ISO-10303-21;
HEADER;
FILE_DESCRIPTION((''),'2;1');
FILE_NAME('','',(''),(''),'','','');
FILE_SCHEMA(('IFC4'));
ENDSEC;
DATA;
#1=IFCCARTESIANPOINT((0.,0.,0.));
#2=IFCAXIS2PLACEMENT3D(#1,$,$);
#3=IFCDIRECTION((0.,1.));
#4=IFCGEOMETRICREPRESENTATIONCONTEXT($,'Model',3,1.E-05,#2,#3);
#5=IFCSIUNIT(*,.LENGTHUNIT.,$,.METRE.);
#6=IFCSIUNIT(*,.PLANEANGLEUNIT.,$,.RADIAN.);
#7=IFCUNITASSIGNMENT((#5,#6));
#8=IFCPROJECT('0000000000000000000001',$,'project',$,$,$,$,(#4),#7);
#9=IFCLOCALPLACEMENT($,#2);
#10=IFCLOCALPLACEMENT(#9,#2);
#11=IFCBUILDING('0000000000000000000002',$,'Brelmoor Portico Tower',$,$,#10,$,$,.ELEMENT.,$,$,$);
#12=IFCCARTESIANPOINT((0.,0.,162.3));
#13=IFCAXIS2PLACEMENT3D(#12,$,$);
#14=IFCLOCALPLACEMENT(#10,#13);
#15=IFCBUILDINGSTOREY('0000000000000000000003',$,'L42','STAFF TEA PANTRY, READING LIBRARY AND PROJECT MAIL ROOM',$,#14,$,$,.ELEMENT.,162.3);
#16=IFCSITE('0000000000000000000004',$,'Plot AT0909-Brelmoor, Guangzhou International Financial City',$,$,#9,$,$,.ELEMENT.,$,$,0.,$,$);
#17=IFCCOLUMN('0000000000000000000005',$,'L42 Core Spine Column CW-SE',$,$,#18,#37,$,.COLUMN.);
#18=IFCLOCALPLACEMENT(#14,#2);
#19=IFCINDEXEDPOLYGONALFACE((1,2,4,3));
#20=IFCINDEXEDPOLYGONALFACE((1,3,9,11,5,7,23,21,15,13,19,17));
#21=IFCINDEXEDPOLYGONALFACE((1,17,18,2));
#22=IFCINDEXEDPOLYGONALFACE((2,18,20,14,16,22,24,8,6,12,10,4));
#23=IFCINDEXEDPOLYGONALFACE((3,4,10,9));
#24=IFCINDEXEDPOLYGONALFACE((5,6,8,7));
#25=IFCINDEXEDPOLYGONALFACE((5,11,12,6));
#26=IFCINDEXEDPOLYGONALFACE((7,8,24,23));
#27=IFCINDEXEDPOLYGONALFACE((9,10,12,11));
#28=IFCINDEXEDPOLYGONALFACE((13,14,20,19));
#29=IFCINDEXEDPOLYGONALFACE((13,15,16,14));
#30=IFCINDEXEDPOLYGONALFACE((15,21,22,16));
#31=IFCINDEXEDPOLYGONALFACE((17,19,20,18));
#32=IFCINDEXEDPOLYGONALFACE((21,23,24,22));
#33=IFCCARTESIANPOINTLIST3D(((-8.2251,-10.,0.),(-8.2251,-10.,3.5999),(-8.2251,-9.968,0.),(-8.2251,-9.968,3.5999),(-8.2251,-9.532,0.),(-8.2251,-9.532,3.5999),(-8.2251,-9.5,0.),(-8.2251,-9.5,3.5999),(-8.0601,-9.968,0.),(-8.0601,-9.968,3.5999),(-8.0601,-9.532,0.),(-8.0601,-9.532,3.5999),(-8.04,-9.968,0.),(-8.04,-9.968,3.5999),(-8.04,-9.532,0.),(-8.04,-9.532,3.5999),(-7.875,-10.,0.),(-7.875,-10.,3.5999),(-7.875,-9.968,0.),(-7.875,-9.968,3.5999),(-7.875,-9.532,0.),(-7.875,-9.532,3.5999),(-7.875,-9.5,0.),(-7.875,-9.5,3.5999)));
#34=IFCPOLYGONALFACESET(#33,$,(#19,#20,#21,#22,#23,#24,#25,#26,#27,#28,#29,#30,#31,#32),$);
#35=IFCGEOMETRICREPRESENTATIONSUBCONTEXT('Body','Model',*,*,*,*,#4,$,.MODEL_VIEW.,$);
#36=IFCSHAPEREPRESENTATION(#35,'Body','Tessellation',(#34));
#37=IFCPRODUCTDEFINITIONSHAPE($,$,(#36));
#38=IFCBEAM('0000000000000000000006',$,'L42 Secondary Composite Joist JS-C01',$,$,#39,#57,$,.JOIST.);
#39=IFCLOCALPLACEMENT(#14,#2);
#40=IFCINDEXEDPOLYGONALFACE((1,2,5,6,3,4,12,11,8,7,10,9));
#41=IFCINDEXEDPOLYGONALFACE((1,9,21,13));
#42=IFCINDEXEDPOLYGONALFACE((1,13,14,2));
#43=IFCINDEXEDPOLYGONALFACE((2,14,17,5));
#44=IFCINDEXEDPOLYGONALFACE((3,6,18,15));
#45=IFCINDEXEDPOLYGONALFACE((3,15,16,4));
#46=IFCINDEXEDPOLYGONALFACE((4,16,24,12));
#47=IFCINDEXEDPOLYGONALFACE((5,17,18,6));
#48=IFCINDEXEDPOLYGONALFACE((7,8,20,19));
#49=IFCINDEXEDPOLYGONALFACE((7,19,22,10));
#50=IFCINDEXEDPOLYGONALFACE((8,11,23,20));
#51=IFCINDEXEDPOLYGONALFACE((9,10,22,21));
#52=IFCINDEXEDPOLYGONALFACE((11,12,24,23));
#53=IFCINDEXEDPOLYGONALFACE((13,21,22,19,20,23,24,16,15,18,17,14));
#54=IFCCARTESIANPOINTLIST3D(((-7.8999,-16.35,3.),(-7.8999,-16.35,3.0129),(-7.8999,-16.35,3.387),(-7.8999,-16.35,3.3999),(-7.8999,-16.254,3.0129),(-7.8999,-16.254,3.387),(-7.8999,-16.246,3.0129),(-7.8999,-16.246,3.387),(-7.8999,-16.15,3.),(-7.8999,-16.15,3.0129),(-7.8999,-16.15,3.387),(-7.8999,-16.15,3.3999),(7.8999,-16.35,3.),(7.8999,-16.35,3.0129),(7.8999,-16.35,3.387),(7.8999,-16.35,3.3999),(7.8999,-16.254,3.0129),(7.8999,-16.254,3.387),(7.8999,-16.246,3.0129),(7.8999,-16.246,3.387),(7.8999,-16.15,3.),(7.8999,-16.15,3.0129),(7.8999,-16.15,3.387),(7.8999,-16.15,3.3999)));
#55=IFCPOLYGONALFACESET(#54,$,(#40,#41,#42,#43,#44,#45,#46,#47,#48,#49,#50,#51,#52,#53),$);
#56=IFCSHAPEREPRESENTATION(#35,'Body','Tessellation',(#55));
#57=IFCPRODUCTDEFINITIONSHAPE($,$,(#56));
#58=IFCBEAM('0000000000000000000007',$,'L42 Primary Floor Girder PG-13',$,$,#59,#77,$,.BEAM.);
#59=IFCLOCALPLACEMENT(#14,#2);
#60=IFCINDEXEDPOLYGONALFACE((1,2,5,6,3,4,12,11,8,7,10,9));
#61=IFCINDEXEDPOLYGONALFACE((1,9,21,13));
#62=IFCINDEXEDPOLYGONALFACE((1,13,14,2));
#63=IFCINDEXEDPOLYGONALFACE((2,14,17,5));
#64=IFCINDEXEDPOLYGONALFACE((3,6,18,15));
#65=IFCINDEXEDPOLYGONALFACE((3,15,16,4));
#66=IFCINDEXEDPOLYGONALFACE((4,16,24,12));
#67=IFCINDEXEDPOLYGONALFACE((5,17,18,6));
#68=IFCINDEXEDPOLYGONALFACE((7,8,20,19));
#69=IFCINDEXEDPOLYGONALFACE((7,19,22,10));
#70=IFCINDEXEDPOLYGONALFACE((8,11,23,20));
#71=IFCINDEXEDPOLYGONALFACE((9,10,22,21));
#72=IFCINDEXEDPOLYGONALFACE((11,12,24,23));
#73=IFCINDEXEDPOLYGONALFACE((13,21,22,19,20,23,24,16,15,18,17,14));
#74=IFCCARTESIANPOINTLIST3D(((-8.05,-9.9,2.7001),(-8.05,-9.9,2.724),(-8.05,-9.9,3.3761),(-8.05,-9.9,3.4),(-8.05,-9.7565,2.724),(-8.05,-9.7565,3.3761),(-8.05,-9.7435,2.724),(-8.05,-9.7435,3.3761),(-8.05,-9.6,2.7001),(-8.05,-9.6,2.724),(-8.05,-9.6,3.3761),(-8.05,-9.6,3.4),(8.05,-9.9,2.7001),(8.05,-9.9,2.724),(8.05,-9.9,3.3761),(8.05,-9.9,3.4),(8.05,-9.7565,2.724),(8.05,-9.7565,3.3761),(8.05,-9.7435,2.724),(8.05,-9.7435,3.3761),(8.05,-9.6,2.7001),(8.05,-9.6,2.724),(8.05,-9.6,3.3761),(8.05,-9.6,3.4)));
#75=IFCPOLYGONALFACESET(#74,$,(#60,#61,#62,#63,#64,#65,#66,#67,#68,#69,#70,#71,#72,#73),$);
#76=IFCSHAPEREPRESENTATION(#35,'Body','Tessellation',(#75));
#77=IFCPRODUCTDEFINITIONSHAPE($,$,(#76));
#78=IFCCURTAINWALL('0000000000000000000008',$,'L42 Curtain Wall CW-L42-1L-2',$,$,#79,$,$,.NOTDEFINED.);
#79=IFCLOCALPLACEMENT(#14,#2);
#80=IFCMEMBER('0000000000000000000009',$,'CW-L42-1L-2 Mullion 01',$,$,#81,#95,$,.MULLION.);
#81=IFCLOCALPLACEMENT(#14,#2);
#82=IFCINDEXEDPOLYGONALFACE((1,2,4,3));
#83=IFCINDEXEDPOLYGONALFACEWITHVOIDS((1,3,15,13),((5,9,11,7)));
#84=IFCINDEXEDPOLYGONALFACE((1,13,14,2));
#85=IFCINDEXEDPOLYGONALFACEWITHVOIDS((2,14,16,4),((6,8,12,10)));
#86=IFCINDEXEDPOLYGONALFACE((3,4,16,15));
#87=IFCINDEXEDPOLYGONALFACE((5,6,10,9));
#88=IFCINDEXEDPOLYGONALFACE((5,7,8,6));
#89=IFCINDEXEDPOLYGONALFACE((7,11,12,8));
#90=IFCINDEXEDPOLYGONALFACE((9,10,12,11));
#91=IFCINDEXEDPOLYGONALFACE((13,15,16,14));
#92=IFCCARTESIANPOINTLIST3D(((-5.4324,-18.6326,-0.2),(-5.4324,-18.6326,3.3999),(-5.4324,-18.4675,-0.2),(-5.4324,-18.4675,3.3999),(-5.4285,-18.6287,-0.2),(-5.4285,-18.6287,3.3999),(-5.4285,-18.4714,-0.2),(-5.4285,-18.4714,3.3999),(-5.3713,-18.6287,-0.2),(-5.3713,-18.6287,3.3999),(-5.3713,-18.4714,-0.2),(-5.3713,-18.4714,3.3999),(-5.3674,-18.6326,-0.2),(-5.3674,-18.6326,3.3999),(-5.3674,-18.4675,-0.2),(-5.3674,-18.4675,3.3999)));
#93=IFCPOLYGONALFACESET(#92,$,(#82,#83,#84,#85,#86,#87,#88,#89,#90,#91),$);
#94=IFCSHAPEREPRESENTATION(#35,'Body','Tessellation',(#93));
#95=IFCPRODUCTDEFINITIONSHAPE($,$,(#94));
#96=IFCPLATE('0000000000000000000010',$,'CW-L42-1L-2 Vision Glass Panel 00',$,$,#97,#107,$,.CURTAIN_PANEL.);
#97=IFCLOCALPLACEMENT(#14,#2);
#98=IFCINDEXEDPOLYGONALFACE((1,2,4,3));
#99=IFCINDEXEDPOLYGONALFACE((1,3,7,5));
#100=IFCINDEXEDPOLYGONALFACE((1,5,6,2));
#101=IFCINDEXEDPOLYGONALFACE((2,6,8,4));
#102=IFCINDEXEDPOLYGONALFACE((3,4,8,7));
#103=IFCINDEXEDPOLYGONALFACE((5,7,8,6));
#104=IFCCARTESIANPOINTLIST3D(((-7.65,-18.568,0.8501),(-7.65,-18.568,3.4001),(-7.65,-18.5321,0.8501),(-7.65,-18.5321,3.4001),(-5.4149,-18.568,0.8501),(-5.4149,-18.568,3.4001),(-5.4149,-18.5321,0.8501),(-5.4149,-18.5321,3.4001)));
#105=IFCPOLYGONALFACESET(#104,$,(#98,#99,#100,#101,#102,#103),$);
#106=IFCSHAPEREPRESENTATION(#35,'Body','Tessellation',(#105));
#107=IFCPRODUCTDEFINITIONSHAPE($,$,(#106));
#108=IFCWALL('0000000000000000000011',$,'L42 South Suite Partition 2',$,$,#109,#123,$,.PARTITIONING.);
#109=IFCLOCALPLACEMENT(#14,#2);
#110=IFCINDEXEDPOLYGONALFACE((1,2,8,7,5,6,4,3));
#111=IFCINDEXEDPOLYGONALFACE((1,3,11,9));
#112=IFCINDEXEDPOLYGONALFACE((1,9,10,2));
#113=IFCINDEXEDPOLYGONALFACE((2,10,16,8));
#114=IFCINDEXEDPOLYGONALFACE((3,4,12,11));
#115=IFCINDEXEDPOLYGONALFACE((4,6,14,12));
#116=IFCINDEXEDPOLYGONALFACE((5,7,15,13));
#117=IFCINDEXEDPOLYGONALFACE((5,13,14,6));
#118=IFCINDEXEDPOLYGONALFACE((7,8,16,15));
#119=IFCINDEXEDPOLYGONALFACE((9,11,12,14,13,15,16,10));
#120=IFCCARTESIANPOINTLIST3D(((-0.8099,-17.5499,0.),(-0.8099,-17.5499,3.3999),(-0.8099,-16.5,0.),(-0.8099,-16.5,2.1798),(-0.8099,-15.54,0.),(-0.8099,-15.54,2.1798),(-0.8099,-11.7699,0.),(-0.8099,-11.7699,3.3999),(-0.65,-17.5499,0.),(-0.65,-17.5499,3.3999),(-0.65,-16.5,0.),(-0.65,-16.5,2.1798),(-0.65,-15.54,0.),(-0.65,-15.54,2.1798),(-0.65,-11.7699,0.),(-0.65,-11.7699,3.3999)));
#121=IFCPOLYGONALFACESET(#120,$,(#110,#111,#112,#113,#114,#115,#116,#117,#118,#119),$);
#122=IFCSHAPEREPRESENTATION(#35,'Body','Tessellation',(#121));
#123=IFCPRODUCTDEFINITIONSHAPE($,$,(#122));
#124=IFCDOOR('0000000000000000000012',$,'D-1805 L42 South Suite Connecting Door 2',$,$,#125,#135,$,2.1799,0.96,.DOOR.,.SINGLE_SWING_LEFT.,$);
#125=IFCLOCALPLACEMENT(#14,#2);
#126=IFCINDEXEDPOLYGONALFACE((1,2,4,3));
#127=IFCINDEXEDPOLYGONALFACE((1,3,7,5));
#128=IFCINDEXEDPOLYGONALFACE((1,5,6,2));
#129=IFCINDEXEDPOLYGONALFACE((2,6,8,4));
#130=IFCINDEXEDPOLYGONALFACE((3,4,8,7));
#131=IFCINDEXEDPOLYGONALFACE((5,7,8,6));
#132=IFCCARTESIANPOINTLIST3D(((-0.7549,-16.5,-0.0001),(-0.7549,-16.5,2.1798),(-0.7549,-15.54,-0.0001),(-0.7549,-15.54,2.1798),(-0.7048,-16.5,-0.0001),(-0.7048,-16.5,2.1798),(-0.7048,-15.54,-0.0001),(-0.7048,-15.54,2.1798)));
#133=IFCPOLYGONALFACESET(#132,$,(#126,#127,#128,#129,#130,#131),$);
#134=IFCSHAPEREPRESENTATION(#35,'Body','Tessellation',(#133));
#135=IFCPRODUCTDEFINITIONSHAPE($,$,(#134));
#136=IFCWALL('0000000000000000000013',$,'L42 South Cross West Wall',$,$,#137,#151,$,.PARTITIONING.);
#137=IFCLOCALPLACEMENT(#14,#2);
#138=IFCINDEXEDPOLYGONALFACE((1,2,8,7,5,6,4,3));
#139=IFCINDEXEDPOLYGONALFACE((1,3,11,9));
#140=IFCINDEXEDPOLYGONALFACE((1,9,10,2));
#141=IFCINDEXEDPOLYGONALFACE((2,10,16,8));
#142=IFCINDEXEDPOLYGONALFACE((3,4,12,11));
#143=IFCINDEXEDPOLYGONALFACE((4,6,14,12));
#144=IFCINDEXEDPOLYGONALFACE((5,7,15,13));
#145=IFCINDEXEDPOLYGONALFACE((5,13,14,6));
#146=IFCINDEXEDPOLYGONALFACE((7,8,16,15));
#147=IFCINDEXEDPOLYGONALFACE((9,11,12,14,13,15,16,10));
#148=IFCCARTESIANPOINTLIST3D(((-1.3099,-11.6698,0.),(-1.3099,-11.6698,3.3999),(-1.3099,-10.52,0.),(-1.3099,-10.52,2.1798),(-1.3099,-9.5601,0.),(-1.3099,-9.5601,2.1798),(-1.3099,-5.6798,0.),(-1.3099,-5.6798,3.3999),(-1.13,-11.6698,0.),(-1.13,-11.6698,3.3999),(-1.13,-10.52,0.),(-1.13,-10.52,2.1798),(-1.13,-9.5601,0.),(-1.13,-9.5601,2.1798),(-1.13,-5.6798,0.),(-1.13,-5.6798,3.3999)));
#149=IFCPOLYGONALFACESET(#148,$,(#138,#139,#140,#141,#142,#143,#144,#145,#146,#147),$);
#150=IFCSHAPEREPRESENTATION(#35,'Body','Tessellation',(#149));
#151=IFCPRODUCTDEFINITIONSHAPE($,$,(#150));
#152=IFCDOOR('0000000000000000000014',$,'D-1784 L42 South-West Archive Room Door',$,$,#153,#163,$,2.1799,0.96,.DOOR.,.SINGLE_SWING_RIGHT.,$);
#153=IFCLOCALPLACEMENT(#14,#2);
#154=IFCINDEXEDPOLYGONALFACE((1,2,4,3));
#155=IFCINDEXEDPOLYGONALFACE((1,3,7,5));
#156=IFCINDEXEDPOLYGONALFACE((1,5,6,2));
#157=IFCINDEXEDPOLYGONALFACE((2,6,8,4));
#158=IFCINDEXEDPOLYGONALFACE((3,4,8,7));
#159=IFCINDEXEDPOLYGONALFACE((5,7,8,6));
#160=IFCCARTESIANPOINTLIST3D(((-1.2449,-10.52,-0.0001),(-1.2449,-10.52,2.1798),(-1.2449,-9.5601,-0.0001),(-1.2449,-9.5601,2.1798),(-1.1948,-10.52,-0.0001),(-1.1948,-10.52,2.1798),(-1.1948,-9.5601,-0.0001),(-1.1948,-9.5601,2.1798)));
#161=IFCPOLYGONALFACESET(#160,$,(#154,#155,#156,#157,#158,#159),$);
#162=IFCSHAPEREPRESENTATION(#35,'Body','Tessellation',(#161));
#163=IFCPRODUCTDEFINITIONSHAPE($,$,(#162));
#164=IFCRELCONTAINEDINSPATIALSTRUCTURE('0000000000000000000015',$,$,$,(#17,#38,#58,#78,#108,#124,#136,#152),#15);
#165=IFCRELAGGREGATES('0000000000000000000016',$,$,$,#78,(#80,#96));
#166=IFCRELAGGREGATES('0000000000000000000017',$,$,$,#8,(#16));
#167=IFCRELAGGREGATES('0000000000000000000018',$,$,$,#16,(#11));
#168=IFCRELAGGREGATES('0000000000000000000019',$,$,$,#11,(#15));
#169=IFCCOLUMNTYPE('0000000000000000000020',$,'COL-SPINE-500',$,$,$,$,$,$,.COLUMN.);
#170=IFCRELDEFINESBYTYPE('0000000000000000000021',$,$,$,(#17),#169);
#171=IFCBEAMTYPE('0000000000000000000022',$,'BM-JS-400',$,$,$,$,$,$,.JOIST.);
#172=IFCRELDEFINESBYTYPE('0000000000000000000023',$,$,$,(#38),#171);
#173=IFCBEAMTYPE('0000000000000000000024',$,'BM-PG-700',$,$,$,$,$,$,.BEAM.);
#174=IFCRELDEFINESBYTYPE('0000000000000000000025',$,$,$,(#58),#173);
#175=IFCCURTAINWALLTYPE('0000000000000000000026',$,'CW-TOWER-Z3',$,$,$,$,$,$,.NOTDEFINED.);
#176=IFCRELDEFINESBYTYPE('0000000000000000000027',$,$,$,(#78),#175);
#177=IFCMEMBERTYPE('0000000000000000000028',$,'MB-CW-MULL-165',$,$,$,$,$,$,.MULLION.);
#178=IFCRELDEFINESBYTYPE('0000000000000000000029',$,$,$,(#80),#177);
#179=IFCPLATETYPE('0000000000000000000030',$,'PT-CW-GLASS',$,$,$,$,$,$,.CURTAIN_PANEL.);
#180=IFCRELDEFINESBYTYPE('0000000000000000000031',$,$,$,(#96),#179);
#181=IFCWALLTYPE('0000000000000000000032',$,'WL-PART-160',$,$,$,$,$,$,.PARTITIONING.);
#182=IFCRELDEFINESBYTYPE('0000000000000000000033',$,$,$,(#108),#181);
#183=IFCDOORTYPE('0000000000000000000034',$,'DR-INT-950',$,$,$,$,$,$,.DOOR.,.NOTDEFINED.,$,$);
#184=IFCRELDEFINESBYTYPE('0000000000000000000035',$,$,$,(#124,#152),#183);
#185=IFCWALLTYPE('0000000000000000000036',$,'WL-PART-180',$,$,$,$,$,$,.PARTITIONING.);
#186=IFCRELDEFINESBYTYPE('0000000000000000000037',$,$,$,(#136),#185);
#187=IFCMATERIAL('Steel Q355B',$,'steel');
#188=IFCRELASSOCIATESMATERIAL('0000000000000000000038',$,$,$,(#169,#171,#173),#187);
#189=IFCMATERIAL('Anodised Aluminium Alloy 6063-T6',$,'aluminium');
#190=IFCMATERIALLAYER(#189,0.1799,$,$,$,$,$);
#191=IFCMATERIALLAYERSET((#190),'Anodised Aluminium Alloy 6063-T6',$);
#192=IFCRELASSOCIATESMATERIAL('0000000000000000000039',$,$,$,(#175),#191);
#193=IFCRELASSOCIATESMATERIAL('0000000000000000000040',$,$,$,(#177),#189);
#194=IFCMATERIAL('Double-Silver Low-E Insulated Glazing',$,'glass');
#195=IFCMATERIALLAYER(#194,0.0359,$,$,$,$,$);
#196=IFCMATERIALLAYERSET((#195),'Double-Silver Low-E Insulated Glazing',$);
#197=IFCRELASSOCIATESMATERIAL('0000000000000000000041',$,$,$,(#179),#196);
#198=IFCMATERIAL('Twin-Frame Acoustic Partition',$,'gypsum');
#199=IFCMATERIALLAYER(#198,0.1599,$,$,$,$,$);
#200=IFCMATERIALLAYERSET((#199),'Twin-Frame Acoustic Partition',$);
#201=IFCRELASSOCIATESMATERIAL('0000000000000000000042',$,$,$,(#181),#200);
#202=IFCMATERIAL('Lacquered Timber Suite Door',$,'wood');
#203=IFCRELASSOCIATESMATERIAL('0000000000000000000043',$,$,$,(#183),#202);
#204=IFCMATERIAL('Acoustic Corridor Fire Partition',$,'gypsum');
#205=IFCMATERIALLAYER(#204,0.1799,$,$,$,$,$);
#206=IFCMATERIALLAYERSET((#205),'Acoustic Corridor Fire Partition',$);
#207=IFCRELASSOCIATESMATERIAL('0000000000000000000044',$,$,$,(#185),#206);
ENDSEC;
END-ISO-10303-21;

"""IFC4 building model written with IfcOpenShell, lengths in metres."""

from ifc_helpers import new_model, si_unit, direction, frame, frame_2d, origin, origin_2d, place, context, subcontext, project, spatial, rectangle, hollow_rectangle, i_section, extrude, material, layer, layer_set, material_profile, profile_set, type_object, element, fill, aggregate, save


model = new_model("IFC4")

# Units and contexts
model_context = context("Model", 3, precision=1e-05, world=origin(), true_north=direction((0.0, 1.0)))
body_context = subcontext(model_context, "Body", "Model", "MODEL_VIEW")
ifc_project = project(units=[si_unit("LENGTHUNIT", "METRE"), si_unit("PLANEANGLEUNIT", "RADIAN")], contexts=[model_context])

# Site, building, storey
site_placement = place(None, origin())
site = spatial("IfcSite", under=ifc_project, at=site_placement, Name="Plot AT0909-Brelmoor, Guangzhou International Financial City", CompositionType="ELEMENT", RefElevation=0.0)
building_placement = place(site_placement, origin())
building = spatial("IfcBuilding", under=site, at=building_placement, Name="Brelmoor Portico Tower", CompositionType="ELEMENT")
storey_placement = place(building_placement, frame((0.0, 0.0, 162.3)))
storey = spatial("IfcBuildingStorey", under=building, at=storey_placement, Name="L42", Description="STAFF TEA PANTRY, READING LIBRARY AND PROJECT MAIL ROOM", CompositionType="ELEMENT", Elevation=162.3)

# Column
ifc_material_1 = material(Name="Steel Q355B", Category="steel")
ifc_material_profile_1 = material_profile(ifc_material_1, i_section(OverallWidth=0.3501, OverallDepth=0.5, WebThickness=0.02, FlangeThickness=0.032, at=origin_2d()), Name="HW 500x350x20x32")
ifc_profile_set_1 = profile_set([ifc_material_profile_1], Name="Steel Q355B")
column_type = type_object("IfcColumnType", Name="COL-SPINE-500", PredefinedType="COLUMN", material=ifc_profile_set_1)
column_placement = place(storey_placement, frame((-8.05, -9.75, 0.0), z_axis=(0.0, 0.0, 1.0), x_axis=(1.0, 0.0, 0.0)))
element("IfcColumn", 1, at=column_placement, inside=storey, type_object=column_type, Name="L42 Core Spine Column CW-SE", PredefinedType="COLUMN", context=body_context, shape_type="SweptSolid", body=[
    extrude(i_section(OverallWidth=0.3501, OverallDepth=0.5, WebThickness=0.02, FlangeThickness=0.032, at=origin_2d()), origin(), (0.0, 0.0, 1.0), 3.5999),
])

# Beams
ifc_material_profile_2 = material_profile(ifc_material_1, i_section(OverallWidth=0.2, OverallDepth=0.3999, WebThickness=0.0081, FlangeThickness=0.0129, at=origin_2d()), Name="HN 400x200x8x13")
ifc_profile_set_2 = profile_set([ifc_material_profile_2], Name="Steel Q355B")
beam_type_1 = type_object("IfcBeamType", Name="BM-JS-400", PredefinedType="JOIST", material=ifc_profile_set_2)
beam_1_placement = place(storey_placement, frame((-7.8999, -16.25, 3.2), z_axis=(1.0, 0.0, 0.0), x_axis=(0.0, 1.0, 0.0)))
element("IfcBeam", 2, at=beam_1_placement, inside=storey, type_object=beam_type_1, Name="L42 Secondary Composite Joist JS-C01", PredefinedType="JOIST", context=body_context, shape_type="SweptSolid", body=[
    extrude(i_section(OverallWidth=0.2, OverallDepth=0.3999, WebThickness=0.0081, FlangeThickness=0.0129, at=origin_2d()), origin(), (0.0, 0.0, 1.0), 15.7998),
])
ifc_material_profile_3 = material_profile(ifc_material_1, i_section(OverallWidth=0.3, OverallDepth=0.7, WebThickness=0.0129, FlangeThickness=0.0239, at=origin_2d()), Name="HN 700x300x13x24")
ifc_profile_set_3 = profile_set([ifc_material_profile_3], Name="Steel Q355B")
beam_type_2 = type_object("IfcBeamType", Name="BM-PG-700", PredefinedType="BEAM", material=ifc_profile_set_3)
beam_2_placement = place(storey_placement, frame((-8.05, -9.75, 3.05), z_axis=(1.0, 0.0, 0.0), x_axis=(0.0, 1.0, 0.0)))
element("IfcBeam", 3, at=beam_2_placement, inside=storey, type_object=beam_type_2, Name="L42 Primary Floor Girder PG-13", PredefinedType="BEAM", context=body_context, shape_type="SweptSolid", body=[
    extrude(i_section(OverallWidth=0.3, OverallDepth=0.7, WebThickness=0.0129, FlangeThickness=0.0239, at=origin_2d()), origin(), (0.0, 0.0, 1.0), 16.1001),
])

# Curtain wall, member, plate
ifc_material_2 = material(Name="Anodised Aluminium Alloy 6063-T6", Category="aluminium")
ifc_layer_1 = layer(ifc_material_2, 0.1799)
ifc_layer_set_1 = layer_set([ifc_layer_1], Name="Anodised Aluminium Alloy 6063-T6")
curtain_wall_type = type_object("IfcCurtainWallType", Name="CW-TOWER-Z3", PredefinedType="NOTDEFINED", material=ifc_layer_set_1)
curtain_wall_placement = place(storey_placement, origin())
curtain_wall = element("IfcCurtainWall", 4, at=curtain_wall_placement, inside=storey, type_object=curtain_wall_type, Name="L42 Curtain Wall CW-L42-1L-2", PredefinedType="NOTDEFINED")
ifc_material_profile_4 = material_profile(ifc_material_2, hollow_rectangle(XDim=0.0649, YDim=0.165, WallThickness=0.0039, at=origin_2d()), Name="ALU MULLION 65x165")
ifc_profile_set_4 = profile_set([ifc_material_profile_4], Name="Anodised Aluminium Alloy 6063-T6")
member_type = type_object("IfcMemberType", Name="MB-CW-MULL-165", PredefinedType="MULLION", material=ifc_profile_set_4)
member_placement = place(storey_placement, frame((-5.3999, -18.55, -0.2), z_axis=(0.0, 0.0, 1.0), x_axis=(1.0, 0.0, 0.0)))
member = element("IfcMember", 5, at=member_placement, type_object=member_type, Name="CW-L42-1L-2 Mullion 01", PredefinedType="MULLION", context=body_context, shape_type="SweptSolid", body=[
    extrude(hollow_rectangle(XDim=0.0649, YDim=0.165, WallThickness=0.0039, at=origin_2d()), origin(), (0.0, 0.0, 1.0), 3.5999),
])
ifc_material_3 = material(Name="Double-Silver Low-E Insulated Glazing", Category="glass")
ifc_layer_2 = layer(ifc_material_3, 0.0359)
ifc_layer_set_2 = layer_set([ifc_layer_2], Name="Double-Silver Low-E Insulated Glazing")
plate_type = type_object("IfcPlateType", Name="PT-CW-GLASS", PredefinedType="CURTAIN_PANEL", material=ifc_layer_set_2)
plate_placement = place(storey_placement, frame((-6.5325, -18.55, 0.8501), z_axis=(0.0, 0.0, 1.0), x_axis=(1.0, 0.0, 0.0)))
plate = element("IfcPlate", 6, at=plate_placement, type_object=plate_type, Name="CW-L42-1L-2 Vision Glass Panel 00", PredefinedType="CURTAIN_PANEL", context=body_context, shape_type="SweptSolid", body=[
    extrude(rectangle(XDim=2.2351, YDim=0.0359, at=origin_2d()), origin(), (0.0, 0.0, 1.0), 2.55),
])
aggregate(curtain_wall, [member, plate])

# Walls, openings, doors
ifc_material_4 = material(Name="Twin-Frame Acoustic Partition", Category="gypsum")
ifc_layer_3 = layer(ifc_material_4, 0.1599)
ifc_layer_set_3 = layer_set([ifc_layer_3], Name="Twin-Frame Acoustic Partition")
wall_type_1 = type_object("IfcWallType", Name="WL-PART-160", PredefinedType="PARTITIONING", material=ifc_layer_set_3)
wall_1_placement = place(storey_placement, frame((-0.73, -17.55, 0.0), z_axis=(0.0, 0.0, 1.0), x_axis=(0.0, 1.0, 0.0)))
wall_1 = element("IfcWall", 7, at=wall_1_placement, inside=storey, type_object=wall_type_1, Name="L42 South Suite Partition 2", PredefinedType="PARTITIONING", context=body_context, shape_type="SweptSolid", body=[
    extrude(rectangle(XDim=5.78, YDim=0.1599, at=frame_2d((2.8901, 0.0))), origin(), (0.0, 0.0, 1.0), 3.3999),
])
opening_1_placement = place(wall_1_placement, frame((1.05, 0.0, 0.0)))
opening_1 = element("IfcOpeningElement", 8, at=opening_1_placement, cuts=wall_1, PredefinedType="OPENING", context=body_context, shape_type="SweptSolid", body=[
    extrude(rectangle(XDim=0.96, YDim=2.1799, at=frame_2d((0.48, 1.0898))), frame((0.0, 0.0898, 0.0), z_axis=(0.0, -1.0, 0.0), x_axis=(1.0, 0.0, 0.0)), (0.0, 0.0, 1.0), 0.1799),
])
ifc_material_5 = material(Name="Lacquered Timber Suite Door", Category="wood")
door_type_1 = type_object("IfcDoorType", Name="DR-INT-950", OperationType="NOTDEFINED", PredefinedType="DOOR", material=ifc_material_5)
door_1_placement = place(opening_1_placement, origin())
door_1 = element("IfcDoor", 9, at=door_1_placement, inside=storey, type_object=door_type_1, Name="D-1805 L42 South Suite Connecting Door 2", OperationType="SINGLE_SWING_LEFT", OverallHeight=2.1799, OverallWidth=0.96, PredefinedType="DOOR", context=body_context, shape_type="SweptSolid", body=[
    extrude(rectangle(XDim=0.96, YDim=2.1799, at=frame_2d((0.48, 1.0898))), frame((0.0, 0.0249, 0.0), z_axis=(0.0, -1.0, 0.0), x_axis=(1.0, 0.0, 0.0)), (0.0, 0.0, 1.0), 0.05),
])
fill(opening_1, door_1)
ifc_material_6 = material(Name="Acoustic Corridor Fire Partition", Category="gypsum")
ifc_layer_4 = layer(ifc_material_6, 0.1799)
ifc_layer_set_4 = layer_set([ifc_layer_4], Name="Acoustic Corridor Fire Partition")
wall_type_2 = type_object("IfcWallType", Name="WL-PART-180", PredefinedType="PARTITIONING", material=ifc_layer_set_4)
wall_2_placement = place(storey_placement, frame((-1.22, -11.6699, 0.0), z_axis=(0.0, 0.0, 1.0), x_axis=(0.0, 1.0, 0.0)))
wall_2 = element("IfcWall", 10, at=wall_2_placement, inside=storey, type_object=wall_type_2, Name="L42 South Cross West Wall", PredefinedType="PARTITIONING", context=body_context, shape_type="SweptSolid", body=[
    extrude(rectangle(XDim=5.99, YDim=0.1799, at=frame_2d((2.9951, 0.0))), origin(), (0.0, 0.0, 1.0), 3.3999),
])
opening_2_placement = place(wall_2_placement, frame((1.1499, 0.0, 0.0)))
opening_2 = element("IfcOpeningElement", 11, at=opening_2_placement, cuts=wall_2, PredefinedType="OPENING", context=body_context, shape_type="SweptSolid", body=[
    extrude(rectangle(XDim=0.96, YDim=2.1799, at=frame_2d((0.48, 1.0898))), frame((0.0, 0.0999, 0.0), z_axis=(0.0, -1.0, 0.0), x_axis=(1.0, 0.0, 0.0)), (0.0, 0.0, 1.0), 0.2),
])
door_2_placement = place(opening_2_placement, origin())
door_2 = element("IfcDoor", 12, at=door_2_placement, inside=storey, type_object=door_type_1, Name="D-1784 L42 South-West Archive Room Door", OperationType="SINGLE_SWING_RIGHT", OverallHeight=2.1799, OverallWidth=0.96, PredefinedType="DOOR", context=body_context, shape_type="SweptSolid", body=[
    extrude(rectangle(XDim=0.96, YDim=2.1799, at=frame_2d((0.48, 1.0898))), frame((0.0, 0.0249, 0.0), z_axis=(0.0, -1.0, 0.0), x_axis=(1.0, 0.0, 0.0)), (0.0, 0.0, 1.0), 0.05),
])
fill(opening_2, door_2)

save(model, "model.ifc")
